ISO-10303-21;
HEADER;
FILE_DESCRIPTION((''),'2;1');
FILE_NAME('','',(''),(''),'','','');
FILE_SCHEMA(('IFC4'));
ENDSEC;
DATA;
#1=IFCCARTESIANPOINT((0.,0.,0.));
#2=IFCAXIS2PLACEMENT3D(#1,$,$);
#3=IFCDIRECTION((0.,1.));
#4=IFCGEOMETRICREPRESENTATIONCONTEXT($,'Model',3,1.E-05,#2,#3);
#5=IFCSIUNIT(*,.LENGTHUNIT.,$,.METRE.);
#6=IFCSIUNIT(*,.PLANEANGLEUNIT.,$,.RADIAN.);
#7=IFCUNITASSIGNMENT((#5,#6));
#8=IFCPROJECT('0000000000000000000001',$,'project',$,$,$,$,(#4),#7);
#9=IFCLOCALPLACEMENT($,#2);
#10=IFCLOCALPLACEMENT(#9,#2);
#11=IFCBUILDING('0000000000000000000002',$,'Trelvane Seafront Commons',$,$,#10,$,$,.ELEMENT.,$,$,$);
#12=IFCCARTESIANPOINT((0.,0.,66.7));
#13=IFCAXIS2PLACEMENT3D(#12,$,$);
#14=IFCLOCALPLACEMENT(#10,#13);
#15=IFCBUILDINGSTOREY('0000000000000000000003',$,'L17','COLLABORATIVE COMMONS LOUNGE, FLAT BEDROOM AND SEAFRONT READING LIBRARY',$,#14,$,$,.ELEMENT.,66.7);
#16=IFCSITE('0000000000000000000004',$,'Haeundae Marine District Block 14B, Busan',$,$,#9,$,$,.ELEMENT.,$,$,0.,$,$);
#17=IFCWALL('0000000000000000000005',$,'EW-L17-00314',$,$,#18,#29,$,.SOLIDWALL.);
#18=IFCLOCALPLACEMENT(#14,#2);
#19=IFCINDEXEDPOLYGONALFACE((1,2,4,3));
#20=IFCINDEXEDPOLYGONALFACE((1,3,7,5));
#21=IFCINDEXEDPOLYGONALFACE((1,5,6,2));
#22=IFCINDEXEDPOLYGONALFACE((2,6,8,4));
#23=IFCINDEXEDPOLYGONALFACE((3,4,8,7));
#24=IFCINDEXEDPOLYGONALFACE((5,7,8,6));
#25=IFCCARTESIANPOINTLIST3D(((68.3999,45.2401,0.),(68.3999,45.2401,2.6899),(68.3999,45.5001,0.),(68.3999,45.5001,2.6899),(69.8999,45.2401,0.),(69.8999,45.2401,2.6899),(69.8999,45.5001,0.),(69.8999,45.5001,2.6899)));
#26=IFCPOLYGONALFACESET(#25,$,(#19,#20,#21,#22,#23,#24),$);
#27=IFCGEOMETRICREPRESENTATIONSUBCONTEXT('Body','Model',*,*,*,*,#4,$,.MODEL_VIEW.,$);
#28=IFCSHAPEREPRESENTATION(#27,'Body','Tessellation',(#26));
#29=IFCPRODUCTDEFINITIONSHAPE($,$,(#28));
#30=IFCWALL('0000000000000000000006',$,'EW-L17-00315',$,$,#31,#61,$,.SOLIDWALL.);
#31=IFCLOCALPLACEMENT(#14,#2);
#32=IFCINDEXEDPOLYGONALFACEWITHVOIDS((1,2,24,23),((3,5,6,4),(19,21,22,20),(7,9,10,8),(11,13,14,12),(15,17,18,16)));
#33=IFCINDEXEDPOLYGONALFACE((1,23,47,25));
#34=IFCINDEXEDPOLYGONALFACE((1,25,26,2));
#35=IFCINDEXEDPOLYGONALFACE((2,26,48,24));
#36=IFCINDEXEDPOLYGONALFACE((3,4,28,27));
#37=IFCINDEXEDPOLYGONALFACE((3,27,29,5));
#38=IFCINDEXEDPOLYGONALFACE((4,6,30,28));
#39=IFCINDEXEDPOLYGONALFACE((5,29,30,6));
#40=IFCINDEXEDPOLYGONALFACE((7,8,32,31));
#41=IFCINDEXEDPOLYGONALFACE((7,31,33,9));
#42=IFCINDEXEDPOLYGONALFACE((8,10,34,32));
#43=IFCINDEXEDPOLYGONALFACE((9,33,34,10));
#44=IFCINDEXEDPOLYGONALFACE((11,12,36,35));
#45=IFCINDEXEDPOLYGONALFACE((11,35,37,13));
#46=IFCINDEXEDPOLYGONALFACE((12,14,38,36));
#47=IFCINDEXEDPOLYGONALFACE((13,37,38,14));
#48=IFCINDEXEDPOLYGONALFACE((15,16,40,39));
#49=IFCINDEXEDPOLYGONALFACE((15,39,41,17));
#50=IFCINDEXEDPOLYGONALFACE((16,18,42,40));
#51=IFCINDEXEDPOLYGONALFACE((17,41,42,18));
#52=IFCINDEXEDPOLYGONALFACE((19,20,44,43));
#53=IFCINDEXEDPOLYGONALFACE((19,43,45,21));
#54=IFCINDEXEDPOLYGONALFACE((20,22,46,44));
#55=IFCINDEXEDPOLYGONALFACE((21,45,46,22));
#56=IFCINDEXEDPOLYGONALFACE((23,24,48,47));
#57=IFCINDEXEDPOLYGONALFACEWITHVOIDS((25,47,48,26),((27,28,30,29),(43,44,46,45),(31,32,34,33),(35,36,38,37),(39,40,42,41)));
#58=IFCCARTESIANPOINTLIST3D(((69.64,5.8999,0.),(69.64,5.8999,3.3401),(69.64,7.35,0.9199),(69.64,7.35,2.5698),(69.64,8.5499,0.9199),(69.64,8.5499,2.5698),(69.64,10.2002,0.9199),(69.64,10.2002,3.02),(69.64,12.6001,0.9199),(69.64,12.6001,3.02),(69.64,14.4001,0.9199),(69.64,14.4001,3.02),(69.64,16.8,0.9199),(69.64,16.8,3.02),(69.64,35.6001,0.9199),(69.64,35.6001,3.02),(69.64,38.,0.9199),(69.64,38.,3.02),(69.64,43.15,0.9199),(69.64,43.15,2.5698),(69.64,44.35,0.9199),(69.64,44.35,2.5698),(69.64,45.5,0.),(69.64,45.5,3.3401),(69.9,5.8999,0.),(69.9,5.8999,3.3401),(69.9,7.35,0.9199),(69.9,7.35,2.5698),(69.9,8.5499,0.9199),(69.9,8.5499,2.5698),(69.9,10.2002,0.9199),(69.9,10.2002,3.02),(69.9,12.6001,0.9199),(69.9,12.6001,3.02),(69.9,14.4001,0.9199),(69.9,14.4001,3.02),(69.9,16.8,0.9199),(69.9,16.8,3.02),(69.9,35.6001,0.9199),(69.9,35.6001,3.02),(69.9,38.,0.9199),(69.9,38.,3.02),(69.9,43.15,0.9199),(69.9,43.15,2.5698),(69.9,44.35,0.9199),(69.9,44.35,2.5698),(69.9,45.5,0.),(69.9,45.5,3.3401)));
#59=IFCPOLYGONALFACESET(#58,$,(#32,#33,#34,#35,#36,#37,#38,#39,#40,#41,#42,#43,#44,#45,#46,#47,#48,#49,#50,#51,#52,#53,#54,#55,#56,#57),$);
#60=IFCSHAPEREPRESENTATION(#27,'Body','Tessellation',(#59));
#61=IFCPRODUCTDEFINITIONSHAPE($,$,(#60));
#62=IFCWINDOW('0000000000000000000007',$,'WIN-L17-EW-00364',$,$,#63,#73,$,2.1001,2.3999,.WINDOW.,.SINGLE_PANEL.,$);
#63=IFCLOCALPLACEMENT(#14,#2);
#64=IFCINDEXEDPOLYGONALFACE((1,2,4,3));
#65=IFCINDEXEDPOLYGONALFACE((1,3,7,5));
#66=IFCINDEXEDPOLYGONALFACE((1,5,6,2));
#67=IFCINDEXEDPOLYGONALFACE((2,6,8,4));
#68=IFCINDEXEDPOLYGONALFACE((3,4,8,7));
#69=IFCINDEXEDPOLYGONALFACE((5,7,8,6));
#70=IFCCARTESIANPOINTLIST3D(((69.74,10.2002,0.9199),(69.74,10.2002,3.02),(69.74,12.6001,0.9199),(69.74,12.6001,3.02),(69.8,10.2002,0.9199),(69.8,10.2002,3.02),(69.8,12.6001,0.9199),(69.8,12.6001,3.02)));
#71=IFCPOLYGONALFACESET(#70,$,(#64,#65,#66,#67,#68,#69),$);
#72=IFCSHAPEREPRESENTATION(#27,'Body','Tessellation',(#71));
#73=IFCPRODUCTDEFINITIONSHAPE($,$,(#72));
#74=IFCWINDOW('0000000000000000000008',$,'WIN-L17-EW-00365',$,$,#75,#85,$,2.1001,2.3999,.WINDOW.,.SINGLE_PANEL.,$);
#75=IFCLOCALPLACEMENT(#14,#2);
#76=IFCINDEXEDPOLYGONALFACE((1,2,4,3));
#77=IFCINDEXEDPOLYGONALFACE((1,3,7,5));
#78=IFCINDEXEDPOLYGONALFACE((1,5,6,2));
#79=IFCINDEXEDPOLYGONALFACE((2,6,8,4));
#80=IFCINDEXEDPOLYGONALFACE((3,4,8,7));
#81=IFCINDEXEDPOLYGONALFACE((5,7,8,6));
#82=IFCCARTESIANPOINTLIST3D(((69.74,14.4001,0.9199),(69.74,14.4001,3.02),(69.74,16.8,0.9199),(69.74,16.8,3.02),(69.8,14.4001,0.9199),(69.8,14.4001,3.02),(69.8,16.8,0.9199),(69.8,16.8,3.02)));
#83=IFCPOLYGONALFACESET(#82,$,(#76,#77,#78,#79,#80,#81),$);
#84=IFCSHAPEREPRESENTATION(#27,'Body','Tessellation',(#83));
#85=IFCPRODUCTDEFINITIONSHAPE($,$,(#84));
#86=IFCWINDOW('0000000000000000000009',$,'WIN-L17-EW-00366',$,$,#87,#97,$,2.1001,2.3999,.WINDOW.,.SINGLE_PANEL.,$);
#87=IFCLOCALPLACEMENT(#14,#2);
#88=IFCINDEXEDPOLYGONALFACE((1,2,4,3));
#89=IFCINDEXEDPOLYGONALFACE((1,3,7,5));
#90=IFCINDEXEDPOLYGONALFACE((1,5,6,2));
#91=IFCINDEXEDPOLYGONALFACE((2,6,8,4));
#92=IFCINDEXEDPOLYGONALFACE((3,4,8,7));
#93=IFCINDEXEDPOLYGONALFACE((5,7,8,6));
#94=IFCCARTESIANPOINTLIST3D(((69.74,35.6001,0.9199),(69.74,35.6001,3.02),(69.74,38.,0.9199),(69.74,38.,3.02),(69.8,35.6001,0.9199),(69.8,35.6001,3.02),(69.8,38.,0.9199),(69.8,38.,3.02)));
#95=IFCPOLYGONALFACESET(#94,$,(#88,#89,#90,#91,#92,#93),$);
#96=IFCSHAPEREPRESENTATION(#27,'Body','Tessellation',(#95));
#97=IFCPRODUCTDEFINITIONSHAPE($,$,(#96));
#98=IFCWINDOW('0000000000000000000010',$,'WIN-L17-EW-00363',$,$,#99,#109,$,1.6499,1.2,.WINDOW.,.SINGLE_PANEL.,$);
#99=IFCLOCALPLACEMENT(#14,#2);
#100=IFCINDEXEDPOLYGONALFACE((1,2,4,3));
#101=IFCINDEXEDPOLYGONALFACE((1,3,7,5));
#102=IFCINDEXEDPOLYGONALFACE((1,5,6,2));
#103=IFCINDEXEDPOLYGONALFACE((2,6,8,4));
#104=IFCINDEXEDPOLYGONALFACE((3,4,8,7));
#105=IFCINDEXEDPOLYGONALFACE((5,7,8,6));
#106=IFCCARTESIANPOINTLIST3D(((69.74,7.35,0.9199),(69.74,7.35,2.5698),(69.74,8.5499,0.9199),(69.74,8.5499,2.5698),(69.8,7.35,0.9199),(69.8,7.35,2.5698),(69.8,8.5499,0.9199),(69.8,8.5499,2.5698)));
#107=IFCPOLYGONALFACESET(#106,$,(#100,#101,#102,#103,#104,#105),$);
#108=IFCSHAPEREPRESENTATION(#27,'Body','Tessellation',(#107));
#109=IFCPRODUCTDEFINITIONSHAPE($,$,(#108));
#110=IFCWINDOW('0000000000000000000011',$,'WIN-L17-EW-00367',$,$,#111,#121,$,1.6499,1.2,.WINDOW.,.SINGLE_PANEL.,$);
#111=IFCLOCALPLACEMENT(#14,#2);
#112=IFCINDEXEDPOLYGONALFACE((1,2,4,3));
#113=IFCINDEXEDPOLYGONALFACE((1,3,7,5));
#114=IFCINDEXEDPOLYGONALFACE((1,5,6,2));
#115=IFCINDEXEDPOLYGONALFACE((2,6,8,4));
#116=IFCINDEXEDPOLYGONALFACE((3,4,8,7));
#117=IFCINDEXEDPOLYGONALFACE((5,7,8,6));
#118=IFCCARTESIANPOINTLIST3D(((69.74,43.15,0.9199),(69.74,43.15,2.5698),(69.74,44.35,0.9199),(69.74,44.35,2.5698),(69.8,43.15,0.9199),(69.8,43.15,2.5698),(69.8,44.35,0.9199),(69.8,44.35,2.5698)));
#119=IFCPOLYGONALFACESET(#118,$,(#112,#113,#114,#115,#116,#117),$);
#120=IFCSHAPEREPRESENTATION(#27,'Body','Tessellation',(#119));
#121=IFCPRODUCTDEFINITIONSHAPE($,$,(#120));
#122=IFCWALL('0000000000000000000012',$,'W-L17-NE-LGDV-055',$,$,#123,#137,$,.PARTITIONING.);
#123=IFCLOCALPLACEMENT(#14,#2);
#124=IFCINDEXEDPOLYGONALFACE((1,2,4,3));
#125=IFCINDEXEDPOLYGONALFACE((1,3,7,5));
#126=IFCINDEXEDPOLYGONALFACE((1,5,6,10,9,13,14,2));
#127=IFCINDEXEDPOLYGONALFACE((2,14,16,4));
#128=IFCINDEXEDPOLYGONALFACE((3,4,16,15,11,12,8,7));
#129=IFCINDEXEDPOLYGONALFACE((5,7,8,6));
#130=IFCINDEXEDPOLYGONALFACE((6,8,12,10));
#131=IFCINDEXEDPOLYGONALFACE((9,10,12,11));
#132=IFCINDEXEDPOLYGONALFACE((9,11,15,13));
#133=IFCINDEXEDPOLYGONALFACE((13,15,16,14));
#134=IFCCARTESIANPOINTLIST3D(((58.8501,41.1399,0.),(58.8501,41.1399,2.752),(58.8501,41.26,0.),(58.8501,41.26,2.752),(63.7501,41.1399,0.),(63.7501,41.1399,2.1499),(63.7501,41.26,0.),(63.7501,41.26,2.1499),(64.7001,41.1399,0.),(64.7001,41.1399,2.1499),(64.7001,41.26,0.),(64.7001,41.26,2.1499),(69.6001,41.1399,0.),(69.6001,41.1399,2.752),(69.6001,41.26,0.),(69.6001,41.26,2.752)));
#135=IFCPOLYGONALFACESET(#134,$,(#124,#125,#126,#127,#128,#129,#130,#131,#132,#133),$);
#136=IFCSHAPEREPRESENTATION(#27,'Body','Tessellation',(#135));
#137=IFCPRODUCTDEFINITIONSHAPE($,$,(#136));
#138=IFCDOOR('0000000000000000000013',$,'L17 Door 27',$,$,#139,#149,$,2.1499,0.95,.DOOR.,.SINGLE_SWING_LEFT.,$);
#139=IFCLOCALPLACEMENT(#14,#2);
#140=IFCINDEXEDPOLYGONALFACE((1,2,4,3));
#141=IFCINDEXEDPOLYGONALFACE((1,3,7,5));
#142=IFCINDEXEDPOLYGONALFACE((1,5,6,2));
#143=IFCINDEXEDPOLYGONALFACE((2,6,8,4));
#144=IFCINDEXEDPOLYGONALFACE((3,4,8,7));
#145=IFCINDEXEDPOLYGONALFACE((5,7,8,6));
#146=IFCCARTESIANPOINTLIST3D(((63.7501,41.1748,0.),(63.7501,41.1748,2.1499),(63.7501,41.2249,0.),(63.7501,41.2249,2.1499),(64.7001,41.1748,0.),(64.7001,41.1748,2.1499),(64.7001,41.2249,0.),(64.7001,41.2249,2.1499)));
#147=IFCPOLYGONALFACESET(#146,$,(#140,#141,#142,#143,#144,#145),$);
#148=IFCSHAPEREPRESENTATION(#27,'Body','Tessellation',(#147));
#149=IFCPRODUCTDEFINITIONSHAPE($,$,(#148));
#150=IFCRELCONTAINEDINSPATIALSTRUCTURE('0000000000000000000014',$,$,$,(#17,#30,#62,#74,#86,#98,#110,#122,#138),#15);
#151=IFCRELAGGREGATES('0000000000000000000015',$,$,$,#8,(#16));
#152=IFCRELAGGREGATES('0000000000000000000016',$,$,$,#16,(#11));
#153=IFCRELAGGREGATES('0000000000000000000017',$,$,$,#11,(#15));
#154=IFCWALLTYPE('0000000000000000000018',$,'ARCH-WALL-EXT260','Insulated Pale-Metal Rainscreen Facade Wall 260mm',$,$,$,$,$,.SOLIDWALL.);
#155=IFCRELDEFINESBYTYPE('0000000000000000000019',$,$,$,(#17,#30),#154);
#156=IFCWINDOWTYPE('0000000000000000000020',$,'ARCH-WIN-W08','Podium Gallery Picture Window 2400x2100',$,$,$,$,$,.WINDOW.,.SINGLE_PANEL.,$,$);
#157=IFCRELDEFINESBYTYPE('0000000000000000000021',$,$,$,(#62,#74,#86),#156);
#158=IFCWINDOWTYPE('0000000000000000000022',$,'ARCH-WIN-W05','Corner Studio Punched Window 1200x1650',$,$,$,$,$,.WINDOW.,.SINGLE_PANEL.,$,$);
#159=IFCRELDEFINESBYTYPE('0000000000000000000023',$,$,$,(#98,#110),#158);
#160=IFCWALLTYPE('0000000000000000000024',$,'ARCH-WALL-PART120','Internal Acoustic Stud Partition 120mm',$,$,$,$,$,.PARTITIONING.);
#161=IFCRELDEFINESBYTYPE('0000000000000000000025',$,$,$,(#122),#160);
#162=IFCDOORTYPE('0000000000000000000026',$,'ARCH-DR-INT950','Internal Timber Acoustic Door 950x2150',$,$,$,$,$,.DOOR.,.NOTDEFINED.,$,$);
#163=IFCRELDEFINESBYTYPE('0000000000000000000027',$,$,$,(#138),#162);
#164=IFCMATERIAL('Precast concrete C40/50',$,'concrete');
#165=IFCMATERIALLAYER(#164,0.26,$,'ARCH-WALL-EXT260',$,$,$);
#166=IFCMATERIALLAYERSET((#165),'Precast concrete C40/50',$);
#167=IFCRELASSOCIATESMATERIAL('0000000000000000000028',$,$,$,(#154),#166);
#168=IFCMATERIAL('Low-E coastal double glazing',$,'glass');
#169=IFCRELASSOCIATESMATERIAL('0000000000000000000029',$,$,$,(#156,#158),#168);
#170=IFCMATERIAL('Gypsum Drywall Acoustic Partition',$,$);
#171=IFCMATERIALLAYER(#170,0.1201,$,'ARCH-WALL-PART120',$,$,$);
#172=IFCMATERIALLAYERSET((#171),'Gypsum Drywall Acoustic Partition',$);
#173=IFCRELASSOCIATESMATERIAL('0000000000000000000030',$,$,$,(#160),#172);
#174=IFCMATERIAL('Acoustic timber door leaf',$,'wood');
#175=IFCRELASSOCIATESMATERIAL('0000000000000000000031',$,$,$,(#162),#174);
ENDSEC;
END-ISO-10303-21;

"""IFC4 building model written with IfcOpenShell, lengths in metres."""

from ifc_helpers import new_model, si_unit, direction, frame, frame_2d, origin, place, context, subcontext, project, spatial, rectangle, extrude, source, transform, mapped, material, layer, layer_set, type_object, element, fill, save


model = new_model("IFC4")

# Units and contexts
model_context = context("Model", 3, precision=1e-05, world=origin(), true_north=direction((0.0, 1.0)))
body_context = subcontext(model_context, "Body", "Model", "MODEL_VIEW")
ifc_project = project(units=[si_unit("LENGTHUNIT", "METRE"), si_unit("PLANEANGLEUNIT", "RADIAN")], contexts=[model_context])

# Site, building, storey
site_placement = place(None, origin())
site = spatial("IfcSite", under=ifc_project, at=site_placement, Name="Haeundae Marine District Block 14B, Busan", CompositionType="ELEMENT", RefElevation=0.0)
building_placement = place(site_placement, origin())
building = spatial("IfcBuilding", under=site, at=building_placement, Name="Trelvane Seafront Commons", CompositionType="ELEMENT")
storey_placement = place(building_placement, frame((0.0, 0.0, 66.7)))
storey = spatial("IfcBuildingStorey", under=building, at=storey_placement, Name="L17", Description="COLLABORATIVE COMMONS LOUNGE, FLAT BEDROOM AND SEAFRONT READING LIBRARY", CompositionType="ELEMENT", Elevation=66.7)

# Shared definitions
ifc_material_1 = material(Name="Precast concrete C40/50", Category="concrete")
ifc_layer_1 = layer(ifc_material_1, 0.26, Name="ARCH-WALL-EXT260")
ifc_layer_set_1 = layer_set([ifc_layer_1], Name="Precast concrete C40/50")
wall_type_1 = type_object("IfcWallType", Name="ARCH-WALL-EXT260", Description="Insulated Pale-Metal Rainscreen Facade Wall 260mm", PredefinedType="SOLIDWALL", material=ifc_layer_set_1)
ifc_material_2 = material(Name="Low-E coastal double glazing", Category="glass")

# Wall
wall_1_placement = place(storey_placement, frame((68.3999, 45.3701, 0.0), z_axis=(0.0, 0.0, 1.0), x_axis=(1.0, 0.0, 0.0)))
element("IfcWall", 1, at=wall_1_placement, inside=storey, type_object=wall_type_1, Name="EW-L17-00314", PredefinedType="SOLIDWALL", context=body_context, shape_type="SweptSolid", body=[
    extrude(rectangle(XDim=1.5, YDim=0.26, at=frame_2d((0.75, 0.0))), origin(), (0.0, 0.0, 1.0), 2.6899),
])

# Wall, openings, windows
wall_2_placement = place(storey_placement, frame((69.77, 45.5, 0.0), z_axis=(0.0, 0.0, 1.0), x_axis=(0.0, -1.0, 0.0)))
wall_2 = element("IfcWall", 2, at=wall_2_placement, inside=storey, type_object=wall_type_1, Name="EW-L17-00315", PredefinedType="SOLIDWALL", context=body_context, shape_type="SweptSolid", body=[
    extrude(rectangle(XDim=39.6001, YDim=0.26, at=frame_2d((19.8, 0.0))), origin(), (0.0, 0.0, 1.0), 3.3401),
])
opening_1_placement = place(wall_2_placement, frame((36.95, 0.0, 0.9199)))
opening_1 = element("IfcOpeningElement", 3, at=opening_1_placement, cuts=wall_2, PredefinedType="OPENING", context=body_context, shape_type="SweptSolid", body=[
    extrude(rectangle(XDim=1.2, YDim=1.6499, at=frame_2d((0.6001, 0.825))), frame((0.0, 0.1399, 0.0), z_axis=(0.0, -1.0, 0.0), x_axis=(1.0, 0.0, 0.0)), (0.0, 0.0, 1.0), 0.28),
])
opening_2_placement = place(wall_2_placement, frame((32.8999, 0.0, 0.9199)))
opening_2 = element("IfcOpeningElement", 4, at=opening_2_placement, cuts=wall_2, PredefinedType="OPENING", context=body_context, shape_type="SweptSolid", body=[
    extrude(rectangle(XDim=2.3999, YDim=2.1001, at=frame_2d((1.2, 1.05))), frame((0.0, 0.1399, 0.0), z_axis=(0.0, -1.0, 0.0), x_axis=(1.0, 0.0, 0.0)), (0.0, 0.0, 1.0), 0.28),
])
opening_3_placement = place(wall_2_placement, frame((28.7, 0.0, 0.9199)))
opening_3 = element("IfcOpeningElement", 5, at=opening_3_placement, cuts=wall_2, PredefinedType="OPENING", context=body_context, shape_type="SweptSolid", body=[
    extrude(rectangle(XDim=2.3999, YDim=2.1001, at=frame_2d((1.2, 1.05))), frame((0.0, 0.1399, 0.0), z_axis=(0.0, -1.0, 0.0), x_axis=(1.0, 0.0, 0.0)), (0.0, 0.0, 1.0), 0.28),
])
opening_4_placement = place(wall_2_placement, frame((7.5, 0.0, 0.9199)))
opening_4 = element("IfcOpeningElement", 6, at=opening_4_placement, cuts=wall_2, PredefinedType="OPENING", context=body_context, shape_type="SweptSolid", body=[
    extrude(rectangle(XDim=2.3999, YDim=2.1001, at=frame_2d((1.2, 1.05))), frame((0.0, 0.1399, 0.0), z_axis=(0.0, -1.0, 0.0), x_axis=(1.0, 0.0, 0.0)), (0.0, 0.0, 1.0), 0.28),
])
opening_5_placement = place(wall_2_placement, frame((1.1499, 0.0, 0.9199)))
opening_5 = element("IfcOpeningElement", 7, at=opening_5_placement, cuts=wall_2, PredefinedType="OPENING", context=body_context, shape_type="SweptSolid", body=[
    extrude(rectangle(XDim=1.2, YDim=1.6499, at=frame_2d((0.6001, 0.825))), frame((0.0, 0.1399, 0.0), z_axis=(0.0, -1.0, 0.0), x_axis=(1.0, 0.0, 0.0)), (0.0, 0.0, 1.0), 0.28),
])
window_type_1 = type_object("IfcWindowType", Name="ARCH-WIN-W08", Description="Podium Gallery Picture Window 2400x2100", PartitioningType="SINGLE_PANEL", PredefinedType="WINDOW", material=ifc_material_2)
shared_shape_1 = source(origin(), body_context, "Body", "SweptSolid", [
    extrude(rectangle(XDim=2.3999, YDim=2.1001, at=frame_2d((1.2, 1.05))), frame((0.0, 0.03, 0.0), z_axis=(0.0, -1.0, 0.0), x_axis=(1.0, 0.0, 0.0)), (0.0, 0.0, 1.0), 0.0601),
])
window_1_placement = place(opening_2_placement, origin())
window_1 = element("IfcWindow", 8, at=window_1_placement, inside=storey, type_object=window_type_1, Name="WIN-L17-EW-00364", OverallHeight=2.1001, OverallWidth=2.3999, PartitioningType="SINGLE_PANEL", PredefinedType="WINDOW", context=body_context, shape_type="MappedRepresentation", body=[
    mapped(shared_shape_1, transform((0.0, 0.0, 0.0), x_axis=(1.0, 0.0, 0.0), y_axis=(0.0, 1.0, 0.0), z_axis=(0.0, 0.0, 1.0), scale=1.0)),
])
fill(opening_2, window_1)
window_2_placement = place(opening_3_placement, origin())
window_2 = element("IfcWindow", 9, at=window_2_placement, inside=storey, type_object=window_type_1, Name="WIN-L17-EW-00365", OverallHeight=2.1001, OverallWidth=2.3999, PartitioningType="SINGLE_PANEL", PredefinedType="WINDOW", context=body_context, shape_type="MappedRepresentation", body=[
    mapped(shared_shape_1, transform((0.0, 0.0, 0.0), x_axis=(1.0, 0.0, 0.0), y_axis=(0.0, 1.0, 0.0), z_axis=(0.0, 0.0, 1.0), scale=1.0)),
])
fill(opening_3, window_2)
window_3_placement = place(opening_4_placement, origin())
window_3 = element("IfcWindow", 10, at=window_3_placement, inside=storey, type_object=window_type_1, Name="WIN-L17-EW-00366", OverallHeight=2.1001, OverallWidth=2.3999, PartitioningType="SINGLE_PANEL", PredefinedType="WINDOW", context=body_context, shape_type="MappedRepresentation", body=[
    mapped(shared_shape_1, transform((0.0, 0.0, 0.0), x_axis=(1.0, 0.0, 0.0), y_axis=(0.0, 1.0, 0.0), z_axis=(0.0, 0.0, 1.0), scale=1.0)),
])
fill(opening_4, window_3)
window_type_2 = type_object("IfcWindowType", Name="ARCH-WIN-W05", Description="Corner Studio Punched Window 1200x1650", PartitioningType="SINGLE_PANEL", PredefinedType="WINDOW", material=ifc_material_2)
shared_shape_2 = source(origin(), body_context, "Body", "SweptSolid", [
    extrude(rectangle(XDim=1.2, YDim=1.6499, at=frame_2d((0.6001, 0.825))), frame((0.0, 0.03, 0.0), z_axis=(0.0, -1.0, 0.0), x_axis=(1.0, 0.0, 0.0)), (0.0, 0.0, 1.0), 0.0601),
])
window_4_placement = place(opening_1_placement, origin())
window_4 = element("IfcWindow", 11, at=window_4_placement, inside=storey, type_object=window_type_2, Name="WIN-L17-EW-00363", OverallHeight=1.6499, OverallWidth=1.2, PartitioningType="SINGLE_PANEL", PredefinedType="WINDOW", context=body_context, shape_type="MappedRepresentation", body=[
    mapped(shared_shape_2, transform((0.0, 0.0, 0.0), x_axis=(1.0, 0.0, 0.0), y_axis=(0.0, 1.0, 0.0), z_axis=(0.0, 0.0, 1.0), scale=1.0)),
])
fill(opening_1, window_4)
window_5_placement = place(opening_5_placement, origin())
window_5 = element("IfcWindow", 12, at=window_5_placement, inside=storey, type_object=window_type_2, Name="WIN-L17-EW-00367", OverallHeight=1.6499, OverallWidth=1.2, PartitioningType="SINGLE_PANEL", PredefinedType="WINDOW", context=body_context, shape_type="MappedRepresentation", body=[
    mapped(shared_shape_2, transform((0.0, 0.0, 0.0), x_axis=(1.0, 0.0, 0.0), y_axis=(0.0, 1.0, 0.0), z_axis=(0.0, 0.0, 1.0), scale=1.0)),
])
fill(opening_5, window_5)

# Wall, opening, door
ifc_material_3 = material(Name="Gypsum Drywall Acoustic Partition")
ifc_layer_2 = layer(ifc_material_3, 0.1201, Name="ARCH-WALL-PART120")
ifc_layer_set_2 = layer_set([ifc_layer_2], Name="Gypsum Drywall Acoustic Partition")
wall_type_2 = type_object("IfcWallType", Name="ARCH-WALL-PART120", Description="Internal Acoustic Stud Partition 120mm", PredefinedType="PARTITIONING", material=ifc_layer_set_2)
wall_3_placement = place(storey_placement, frame((58.8501, 41.2, 0.0), z_axis=(0.0, 0.0, 1.0), x_axis=(1.0, 0.0, 0.0)))
wall_3 = element("IfcWall", 13, at=wall_3_placement, inside=storey, type_object=wall_type_2, Name="W-L17-NE-LGDV-055", PredefinedType="PARTITIONING", context=body_context, shape_type="SweptSolid", body=[
    extrude(rectangle(XDim=10.75, YDim=0.1201, at=frame_2d((5.375, 0.0))), origin(), (0.0, 0.0, 1.0), 2.752),
])
opening_6_placement = place(wall_3_placement, frame((4.8999, 0.0, 0.0)))
opening_6 = element("IfcOpeningElement", 14, at=opening_6_placement, cuts=wall_3, PredefinedType="OPENING", context=body_context, shape_type="SweptSolid", body=[
    extrude(rectangle(XDim=0.95, YDim=2.1499, at=frame_2d((0.4751, 1.075))), frame((0.0, 0.0701, 0.0), z_axis=(0.0, -1.0, 0.0), x_axis=(1.0, 0.0, 0.0)), (0.0, 0.0, 1.0), 0.1401),
])
ifc_material_4 = material(Name="Acoustic timber door leaf", Category="wood")
door_type_1 = type_object("IfcDoorType", Name="ARCH-DR-INT950", Description="Internal Timber Acoustic Door 950x2150", OperationType="NOTDEFINED", PredefinedType="DOOR", material=ifc_material_4)
shared_shape_3 = source(origin(), body_context, "Body", "SweptSolid", [
    extrude(rectangle(XDim=0.95, YDim=2.1499, at=frame_2d((0.4751, 1.075))), frame((0.0, 0.0249, 0.0), z_axis=(0.0, -1.0, 0.0), x_axis=(1.0, 0.0, 0.0)), (0.0, 0.0, 1.0), 0.05),
])
door_1_placement = place(opening_6_placement, origin())
door_1 = element("IfcDoor", 15, at=door_1_placement, inside=storey, type_object=door_type_1, Name="L17 Door 27", OperationType="SINGLE_SWING_LEFT", OverallHeight=2.1499, OverallWidth=0.95, PredefinedType="DOOR", context=body_context, shape_type="MappedRepresentation", body=[
    mapped(shared_shape_3, transform((0.0, 0.0, 0.0), x_axis=(1.0, 0.0, 0.0), y_axis=(0.0, 1.0, 0.0), z_axis=(0.0, 0.0, 1.0), scale=1.0)),
])
fill(opening_6, door_1)

save(model, "model.ifc")
